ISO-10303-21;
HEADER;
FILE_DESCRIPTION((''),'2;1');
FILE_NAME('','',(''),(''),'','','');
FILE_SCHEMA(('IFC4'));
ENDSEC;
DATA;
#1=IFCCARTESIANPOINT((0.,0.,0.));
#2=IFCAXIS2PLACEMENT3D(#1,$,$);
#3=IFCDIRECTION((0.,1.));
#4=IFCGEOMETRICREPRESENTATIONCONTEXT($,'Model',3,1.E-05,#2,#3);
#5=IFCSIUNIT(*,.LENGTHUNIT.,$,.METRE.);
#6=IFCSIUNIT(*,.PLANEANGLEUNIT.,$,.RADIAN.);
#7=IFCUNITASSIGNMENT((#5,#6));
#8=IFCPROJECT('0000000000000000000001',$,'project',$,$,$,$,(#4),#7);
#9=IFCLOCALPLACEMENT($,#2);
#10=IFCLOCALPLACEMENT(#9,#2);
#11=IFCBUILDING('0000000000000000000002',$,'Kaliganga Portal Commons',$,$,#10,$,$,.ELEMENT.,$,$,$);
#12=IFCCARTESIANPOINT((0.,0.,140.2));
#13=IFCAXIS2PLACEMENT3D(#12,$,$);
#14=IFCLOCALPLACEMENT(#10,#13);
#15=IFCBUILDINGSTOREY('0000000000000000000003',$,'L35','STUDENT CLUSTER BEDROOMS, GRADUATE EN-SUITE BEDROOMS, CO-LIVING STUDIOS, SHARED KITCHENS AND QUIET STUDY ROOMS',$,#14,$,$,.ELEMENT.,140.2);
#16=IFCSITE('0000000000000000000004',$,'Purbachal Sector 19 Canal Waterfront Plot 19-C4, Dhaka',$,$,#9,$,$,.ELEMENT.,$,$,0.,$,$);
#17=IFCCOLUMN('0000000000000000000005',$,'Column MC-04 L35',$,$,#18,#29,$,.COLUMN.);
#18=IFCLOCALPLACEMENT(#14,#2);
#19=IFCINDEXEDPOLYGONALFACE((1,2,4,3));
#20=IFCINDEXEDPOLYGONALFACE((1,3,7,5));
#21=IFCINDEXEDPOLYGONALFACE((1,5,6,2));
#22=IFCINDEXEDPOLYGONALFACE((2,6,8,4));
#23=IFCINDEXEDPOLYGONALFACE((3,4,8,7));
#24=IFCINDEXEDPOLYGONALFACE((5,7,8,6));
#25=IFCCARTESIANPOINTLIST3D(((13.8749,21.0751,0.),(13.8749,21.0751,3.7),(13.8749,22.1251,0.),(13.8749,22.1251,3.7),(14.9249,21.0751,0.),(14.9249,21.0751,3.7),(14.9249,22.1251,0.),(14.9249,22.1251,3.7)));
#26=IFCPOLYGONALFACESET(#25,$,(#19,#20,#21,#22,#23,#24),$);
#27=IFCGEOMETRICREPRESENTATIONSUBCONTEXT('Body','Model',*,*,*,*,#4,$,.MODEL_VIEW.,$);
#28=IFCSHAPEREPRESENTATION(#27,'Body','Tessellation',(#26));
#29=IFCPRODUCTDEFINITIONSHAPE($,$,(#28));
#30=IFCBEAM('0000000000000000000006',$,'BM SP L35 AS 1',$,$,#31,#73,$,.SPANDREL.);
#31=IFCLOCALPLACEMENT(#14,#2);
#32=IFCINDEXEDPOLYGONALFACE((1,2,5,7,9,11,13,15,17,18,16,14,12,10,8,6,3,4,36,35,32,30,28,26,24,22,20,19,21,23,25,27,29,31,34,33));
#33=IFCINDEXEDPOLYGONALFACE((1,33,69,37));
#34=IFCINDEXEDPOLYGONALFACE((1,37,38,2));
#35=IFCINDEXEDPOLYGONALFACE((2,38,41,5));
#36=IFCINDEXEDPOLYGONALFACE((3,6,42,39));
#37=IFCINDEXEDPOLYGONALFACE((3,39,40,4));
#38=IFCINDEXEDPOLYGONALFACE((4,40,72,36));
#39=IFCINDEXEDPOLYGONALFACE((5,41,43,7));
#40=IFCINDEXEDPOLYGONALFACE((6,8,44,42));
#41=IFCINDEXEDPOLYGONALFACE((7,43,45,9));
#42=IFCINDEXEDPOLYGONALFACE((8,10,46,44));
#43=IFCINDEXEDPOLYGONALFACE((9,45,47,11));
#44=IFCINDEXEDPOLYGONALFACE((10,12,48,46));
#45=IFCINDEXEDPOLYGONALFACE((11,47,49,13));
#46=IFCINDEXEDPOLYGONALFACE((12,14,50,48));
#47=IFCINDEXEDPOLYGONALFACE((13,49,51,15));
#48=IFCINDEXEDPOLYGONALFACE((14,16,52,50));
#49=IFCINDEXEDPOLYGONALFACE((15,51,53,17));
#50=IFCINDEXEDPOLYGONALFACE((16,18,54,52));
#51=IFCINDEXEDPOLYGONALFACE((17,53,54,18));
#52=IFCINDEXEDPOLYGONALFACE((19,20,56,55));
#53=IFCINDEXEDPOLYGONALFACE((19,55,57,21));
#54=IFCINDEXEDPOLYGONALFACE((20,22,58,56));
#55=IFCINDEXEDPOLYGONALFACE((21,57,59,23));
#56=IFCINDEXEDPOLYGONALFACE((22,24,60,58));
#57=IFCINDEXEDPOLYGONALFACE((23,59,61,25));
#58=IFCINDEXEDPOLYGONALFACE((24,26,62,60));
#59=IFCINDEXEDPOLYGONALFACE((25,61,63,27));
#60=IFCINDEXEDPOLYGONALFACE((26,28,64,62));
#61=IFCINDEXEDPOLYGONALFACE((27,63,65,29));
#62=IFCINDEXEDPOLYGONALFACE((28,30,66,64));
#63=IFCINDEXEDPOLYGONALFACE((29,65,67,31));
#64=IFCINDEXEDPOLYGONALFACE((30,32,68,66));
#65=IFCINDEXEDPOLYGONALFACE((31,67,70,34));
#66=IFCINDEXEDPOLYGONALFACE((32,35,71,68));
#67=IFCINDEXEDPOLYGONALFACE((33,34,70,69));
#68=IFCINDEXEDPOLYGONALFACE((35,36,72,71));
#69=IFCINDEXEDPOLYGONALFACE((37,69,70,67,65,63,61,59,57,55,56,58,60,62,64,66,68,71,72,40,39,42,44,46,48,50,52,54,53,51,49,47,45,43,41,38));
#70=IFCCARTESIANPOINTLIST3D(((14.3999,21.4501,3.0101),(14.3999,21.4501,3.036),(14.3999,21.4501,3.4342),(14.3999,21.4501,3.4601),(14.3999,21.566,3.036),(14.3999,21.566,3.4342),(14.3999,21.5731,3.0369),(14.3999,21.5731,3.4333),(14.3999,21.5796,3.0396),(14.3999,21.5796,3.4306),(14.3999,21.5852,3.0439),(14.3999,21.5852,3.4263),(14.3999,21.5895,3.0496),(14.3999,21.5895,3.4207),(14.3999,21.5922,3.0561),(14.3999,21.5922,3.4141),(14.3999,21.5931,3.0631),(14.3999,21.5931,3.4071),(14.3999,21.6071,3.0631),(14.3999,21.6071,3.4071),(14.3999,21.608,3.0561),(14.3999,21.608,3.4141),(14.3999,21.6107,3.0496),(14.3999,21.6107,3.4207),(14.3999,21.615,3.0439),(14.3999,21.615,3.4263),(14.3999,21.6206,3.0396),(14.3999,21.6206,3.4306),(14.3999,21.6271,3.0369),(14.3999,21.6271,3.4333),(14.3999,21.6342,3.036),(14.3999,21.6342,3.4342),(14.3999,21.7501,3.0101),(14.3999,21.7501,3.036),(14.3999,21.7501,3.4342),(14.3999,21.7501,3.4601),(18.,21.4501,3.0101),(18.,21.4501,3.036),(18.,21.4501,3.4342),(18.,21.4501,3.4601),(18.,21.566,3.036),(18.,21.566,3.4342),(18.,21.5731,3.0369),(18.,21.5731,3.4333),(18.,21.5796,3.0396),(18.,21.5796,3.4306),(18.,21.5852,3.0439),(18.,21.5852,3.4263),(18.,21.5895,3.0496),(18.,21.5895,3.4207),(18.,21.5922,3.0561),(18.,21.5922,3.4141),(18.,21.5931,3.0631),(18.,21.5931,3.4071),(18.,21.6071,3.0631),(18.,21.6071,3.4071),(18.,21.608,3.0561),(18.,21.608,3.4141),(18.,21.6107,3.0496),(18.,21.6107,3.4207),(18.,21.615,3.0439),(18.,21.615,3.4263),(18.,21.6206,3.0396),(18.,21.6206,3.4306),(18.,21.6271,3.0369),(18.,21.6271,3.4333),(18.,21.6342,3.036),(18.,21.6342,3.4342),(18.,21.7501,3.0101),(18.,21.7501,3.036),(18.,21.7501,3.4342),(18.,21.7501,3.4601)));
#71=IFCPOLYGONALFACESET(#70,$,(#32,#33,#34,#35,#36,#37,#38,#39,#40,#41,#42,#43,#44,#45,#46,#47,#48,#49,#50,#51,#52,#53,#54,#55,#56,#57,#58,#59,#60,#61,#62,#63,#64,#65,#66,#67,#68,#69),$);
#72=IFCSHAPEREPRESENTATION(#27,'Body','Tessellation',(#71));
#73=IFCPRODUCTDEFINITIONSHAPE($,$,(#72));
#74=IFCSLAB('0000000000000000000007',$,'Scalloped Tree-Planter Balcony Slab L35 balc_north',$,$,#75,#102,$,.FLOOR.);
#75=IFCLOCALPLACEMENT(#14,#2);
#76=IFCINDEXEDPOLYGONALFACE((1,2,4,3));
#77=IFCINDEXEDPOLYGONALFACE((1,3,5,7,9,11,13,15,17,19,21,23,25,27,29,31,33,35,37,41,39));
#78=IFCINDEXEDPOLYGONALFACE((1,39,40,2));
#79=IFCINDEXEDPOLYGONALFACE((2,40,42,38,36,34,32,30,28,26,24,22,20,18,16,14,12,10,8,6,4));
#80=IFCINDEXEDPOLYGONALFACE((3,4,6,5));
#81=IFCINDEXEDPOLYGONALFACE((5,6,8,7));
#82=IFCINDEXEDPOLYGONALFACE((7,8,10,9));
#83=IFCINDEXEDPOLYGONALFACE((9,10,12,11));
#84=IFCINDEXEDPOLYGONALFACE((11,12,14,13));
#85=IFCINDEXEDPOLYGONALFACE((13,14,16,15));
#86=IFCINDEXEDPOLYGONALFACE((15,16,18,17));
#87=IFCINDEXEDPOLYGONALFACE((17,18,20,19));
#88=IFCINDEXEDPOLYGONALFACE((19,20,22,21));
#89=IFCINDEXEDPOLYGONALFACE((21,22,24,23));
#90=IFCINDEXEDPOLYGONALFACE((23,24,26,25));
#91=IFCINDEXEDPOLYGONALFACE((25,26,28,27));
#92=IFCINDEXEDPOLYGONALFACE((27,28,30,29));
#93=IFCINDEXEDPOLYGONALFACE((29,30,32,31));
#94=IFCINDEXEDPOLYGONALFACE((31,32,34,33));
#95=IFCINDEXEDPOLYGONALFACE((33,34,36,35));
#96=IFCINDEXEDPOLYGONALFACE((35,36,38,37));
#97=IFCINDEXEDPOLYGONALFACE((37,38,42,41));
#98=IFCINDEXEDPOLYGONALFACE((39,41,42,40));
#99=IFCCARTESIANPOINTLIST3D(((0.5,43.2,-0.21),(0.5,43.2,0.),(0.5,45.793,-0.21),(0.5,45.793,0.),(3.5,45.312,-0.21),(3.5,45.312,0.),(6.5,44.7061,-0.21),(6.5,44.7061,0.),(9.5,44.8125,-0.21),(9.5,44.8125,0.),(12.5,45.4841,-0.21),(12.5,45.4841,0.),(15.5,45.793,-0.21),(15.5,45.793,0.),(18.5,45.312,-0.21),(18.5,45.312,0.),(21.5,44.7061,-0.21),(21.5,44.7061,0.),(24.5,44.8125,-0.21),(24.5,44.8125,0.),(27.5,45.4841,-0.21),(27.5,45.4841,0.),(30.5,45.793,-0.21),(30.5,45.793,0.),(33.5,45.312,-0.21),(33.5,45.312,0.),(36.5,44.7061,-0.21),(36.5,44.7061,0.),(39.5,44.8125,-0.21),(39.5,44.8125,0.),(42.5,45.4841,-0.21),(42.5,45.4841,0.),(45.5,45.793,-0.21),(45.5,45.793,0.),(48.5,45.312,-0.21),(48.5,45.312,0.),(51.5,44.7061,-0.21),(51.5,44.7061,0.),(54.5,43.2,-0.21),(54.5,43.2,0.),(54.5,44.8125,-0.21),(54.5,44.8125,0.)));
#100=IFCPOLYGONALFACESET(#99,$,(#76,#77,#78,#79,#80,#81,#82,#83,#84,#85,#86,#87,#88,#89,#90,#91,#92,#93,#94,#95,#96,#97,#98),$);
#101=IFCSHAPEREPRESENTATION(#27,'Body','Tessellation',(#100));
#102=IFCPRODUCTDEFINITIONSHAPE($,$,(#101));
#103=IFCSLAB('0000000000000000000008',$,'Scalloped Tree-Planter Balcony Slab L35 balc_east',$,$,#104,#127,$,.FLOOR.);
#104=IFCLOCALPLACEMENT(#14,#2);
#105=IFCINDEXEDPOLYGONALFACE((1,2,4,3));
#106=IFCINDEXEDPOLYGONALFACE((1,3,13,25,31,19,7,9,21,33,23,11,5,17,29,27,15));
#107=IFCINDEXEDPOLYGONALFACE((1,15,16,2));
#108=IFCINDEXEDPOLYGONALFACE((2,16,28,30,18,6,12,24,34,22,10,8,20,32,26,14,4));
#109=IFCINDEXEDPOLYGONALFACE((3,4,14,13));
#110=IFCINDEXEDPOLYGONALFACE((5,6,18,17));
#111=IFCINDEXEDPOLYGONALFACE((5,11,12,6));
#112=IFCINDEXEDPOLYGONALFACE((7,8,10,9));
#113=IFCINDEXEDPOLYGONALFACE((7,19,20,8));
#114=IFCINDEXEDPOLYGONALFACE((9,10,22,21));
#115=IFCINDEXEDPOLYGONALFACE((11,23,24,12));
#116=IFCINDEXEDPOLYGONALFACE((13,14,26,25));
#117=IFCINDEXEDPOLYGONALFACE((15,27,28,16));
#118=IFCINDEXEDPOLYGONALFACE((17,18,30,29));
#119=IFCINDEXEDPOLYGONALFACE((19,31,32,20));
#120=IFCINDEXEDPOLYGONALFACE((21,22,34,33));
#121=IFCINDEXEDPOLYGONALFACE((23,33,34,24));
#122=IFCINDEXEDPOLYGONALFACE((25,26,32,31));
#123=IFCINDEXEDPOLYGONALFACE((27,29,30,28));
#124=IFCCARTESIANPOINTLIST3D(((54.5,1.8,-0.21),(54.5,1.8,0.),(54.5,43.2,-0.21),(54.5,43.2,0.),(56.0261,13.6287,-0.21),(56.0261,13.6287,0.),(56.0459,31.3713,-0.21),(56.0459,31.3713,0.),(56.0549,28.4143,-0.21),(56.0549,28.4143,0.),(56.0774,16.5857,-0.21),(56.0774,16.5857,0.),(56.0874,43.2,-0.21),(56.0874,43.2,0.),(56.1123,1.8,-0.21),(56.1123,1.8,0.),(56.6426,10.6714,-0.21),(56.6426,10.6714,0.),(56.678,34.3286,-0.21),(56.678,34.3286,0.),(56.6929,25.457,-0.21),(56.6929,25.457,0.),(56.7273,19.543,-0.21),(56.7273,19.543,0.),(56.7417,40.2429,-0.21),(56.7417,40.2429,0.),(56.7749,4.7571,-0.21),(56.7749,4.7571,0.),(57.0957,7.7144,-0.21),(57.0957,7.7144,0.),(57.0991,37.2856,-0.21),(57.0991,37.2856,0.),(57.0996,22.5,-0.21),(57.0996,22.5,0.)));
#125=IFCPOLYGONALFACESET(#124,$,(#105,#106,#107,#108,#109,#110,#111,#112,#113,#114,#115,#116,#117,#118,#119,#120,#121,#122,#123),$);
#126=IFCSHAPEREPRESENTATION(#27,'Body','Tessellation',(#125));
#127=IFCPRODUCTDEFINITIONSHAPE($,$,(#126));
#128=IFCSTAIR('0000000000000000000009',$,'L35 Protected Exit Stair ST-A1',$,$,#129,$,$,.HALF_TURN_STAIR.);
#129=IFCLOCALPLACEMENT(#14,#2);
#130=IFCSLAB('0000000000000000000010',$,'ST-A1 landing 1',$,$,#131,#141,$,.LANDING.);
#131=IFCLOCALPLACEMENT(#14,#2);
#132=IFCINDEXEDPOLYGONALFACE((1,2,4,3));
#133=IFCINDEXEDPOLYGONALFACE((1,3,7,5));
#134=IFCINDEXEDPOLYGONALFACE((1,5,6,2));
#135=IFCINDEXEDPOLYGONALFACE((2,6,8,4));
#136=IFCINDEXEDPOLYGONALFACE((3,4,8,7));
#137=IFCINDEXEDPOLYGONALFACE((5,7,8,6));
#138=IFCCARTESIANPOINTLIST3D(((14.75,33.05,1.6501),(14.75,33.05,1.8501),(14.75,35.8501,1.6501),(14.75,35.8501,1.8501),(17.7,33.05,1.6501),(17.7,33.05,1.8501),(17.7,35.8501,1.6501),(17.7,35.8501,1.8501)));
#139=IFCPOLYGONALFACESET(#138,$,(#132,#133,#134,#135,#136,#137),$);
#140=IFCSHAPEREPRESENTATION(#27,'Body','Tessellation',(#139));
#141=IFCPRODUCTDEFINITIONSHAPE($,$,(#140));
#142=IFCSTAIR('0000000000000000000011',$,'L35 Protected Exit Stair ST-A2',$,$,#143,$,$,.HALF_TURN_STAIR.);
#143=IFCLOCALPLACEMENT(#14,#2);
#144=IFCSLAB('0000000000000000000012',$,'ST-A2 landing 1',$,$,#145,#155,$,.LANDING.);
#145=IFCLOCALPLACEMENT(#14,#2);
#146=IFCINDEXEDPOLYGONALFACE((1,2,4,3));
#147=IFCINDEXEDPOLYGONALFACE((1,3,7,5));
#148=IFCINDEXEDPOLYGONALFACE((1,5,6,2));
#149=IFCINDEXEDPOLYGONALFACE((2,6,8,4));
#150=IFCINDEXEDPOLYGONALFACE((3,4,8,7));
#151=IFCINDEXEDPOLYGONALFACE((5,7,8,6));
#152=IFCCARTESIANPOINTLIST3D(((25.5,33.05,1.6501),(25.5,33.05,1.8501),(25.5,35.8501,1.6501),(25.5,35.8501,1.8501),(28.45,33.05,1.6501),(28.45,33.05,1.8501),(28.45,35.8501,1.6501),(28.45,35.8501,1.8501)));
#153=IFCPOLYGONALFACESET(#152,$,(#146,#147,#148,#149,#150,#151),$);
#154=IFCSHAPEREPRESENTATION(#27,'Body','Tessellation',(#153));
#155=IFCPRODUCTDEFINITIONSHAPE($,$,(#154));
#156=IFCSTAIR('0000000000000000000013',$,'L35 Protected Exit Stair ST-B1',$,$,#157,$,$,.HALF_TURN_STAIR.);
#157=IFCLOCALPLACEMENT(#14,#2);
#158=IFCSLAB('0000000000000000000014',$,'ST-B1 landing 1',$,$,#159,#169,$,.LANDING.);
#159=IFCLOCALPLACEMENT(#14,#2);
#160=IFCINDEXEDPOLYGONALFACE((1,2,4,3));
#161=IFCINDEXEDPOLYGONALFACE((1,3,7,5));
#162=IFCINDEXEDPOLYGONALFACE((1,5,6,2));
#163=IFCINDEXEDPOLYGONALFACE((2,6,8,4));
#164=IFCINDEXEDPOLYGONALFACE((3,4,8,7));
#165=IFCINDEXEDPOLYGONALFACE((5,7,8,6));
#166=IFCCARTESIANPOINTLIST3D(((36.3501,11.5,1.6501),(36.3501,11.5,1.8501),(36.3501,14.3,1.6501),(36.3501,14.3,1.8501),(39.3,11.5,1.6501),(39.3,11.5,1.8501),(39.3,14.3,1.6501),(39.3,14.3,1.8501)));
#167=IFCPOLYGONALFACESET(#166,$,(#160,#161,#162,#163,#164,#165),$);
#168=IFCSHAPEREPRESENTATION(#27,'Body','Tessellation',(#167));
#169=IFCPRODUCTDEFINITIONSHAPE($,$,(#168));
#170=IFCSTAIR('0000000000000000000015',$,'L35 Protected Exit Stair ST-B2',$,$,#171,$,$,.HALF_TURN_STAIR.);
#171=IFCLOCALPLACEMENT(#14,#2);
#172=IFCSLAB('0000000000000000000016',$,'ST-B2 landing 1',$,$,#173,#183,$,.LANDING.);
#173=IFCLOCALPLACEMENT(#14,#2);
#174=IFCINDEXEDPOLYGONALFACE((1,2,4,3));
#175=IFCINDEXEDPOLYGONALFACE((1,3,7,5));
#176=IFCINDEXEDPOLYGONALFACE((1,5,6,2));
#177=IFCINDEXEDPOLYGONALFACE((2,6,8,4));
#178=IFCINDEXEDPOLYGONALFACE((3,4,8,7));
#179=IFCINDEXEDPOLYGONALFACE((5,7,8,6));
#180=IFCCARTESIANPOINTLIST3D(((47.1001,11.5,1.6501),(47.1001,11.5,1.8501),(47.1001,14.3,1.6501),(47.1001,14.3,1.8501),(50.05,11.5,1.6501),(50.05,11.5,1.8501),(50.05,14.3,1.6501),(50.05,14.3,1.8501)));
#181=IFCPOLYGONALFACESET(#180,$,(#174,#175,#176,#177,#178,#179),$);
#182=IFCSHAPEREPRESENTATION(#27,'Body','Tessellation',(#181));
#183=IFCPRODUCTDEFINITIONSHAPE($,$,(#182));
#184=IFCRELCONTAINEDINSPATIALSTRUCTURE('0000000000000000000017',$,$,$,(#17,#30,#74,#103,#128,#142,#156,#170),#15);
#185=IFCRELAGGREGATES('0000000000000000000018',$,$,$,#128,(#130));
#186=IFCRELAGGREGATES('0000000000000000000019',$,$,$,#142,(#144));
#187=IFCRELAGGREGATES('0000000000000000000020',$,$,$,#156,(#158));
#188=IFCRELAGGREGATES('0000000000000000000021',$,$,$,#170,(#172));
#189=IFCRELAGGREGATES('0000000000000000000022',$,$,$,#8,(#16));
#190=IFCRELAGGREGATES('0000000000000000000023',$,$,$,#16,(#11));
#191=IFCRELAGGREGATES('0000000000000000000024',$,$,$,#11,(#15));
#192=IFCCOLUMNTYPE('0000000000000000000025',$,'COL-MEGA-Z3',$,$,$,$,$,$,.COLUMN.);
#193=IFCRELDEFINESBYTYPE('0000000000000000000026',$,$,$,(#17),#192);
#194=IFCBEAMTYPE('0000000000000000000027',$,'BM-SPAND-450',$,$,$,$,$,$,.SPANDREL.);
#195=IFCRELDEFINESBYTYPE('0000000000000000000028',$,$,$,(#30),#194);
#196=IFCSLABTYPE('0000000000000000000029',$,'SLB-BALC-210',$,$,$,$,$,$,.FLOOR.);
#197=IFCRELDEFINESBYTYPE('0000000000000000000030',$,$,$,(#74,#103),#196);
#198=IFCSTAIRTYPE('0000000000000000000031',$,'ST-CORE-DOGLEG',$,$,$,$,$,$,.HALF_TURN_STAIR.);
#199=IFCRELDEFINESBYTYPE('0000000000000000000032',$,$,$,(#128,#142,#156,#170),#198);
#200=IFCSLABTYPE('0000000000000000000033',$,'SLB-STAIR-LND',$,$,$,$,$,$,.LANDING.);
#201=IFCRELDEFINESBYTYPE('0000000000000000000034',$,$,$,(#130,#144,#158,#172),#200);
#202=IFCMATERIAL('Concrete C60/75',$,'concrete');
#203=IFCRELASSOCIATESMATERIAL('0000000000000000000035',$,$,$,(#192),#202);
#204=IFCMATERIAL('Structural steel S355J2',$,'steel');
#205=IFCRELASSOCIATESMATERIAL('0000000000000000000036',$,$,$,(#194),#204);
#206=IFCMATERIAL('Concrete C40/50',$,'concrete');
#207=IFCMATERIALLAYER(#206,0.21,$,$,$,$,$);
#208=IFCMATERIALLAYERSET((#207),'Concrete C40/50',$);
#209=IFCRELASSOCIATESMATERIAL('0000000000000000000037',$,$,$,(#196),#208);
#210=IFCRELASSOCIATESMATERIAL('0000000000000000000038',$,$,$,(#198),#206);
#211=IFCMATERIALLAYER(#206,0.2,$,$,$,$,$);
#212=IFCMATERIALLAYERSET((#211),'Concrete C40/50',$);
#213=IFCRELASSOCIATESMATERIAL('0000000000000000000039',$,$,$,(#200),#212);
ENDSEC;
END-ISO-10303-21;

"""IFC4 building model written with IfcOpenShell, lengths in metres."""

from ifc_helpers import new_model, si_unit, direction, frame, origin, origin_2d, place, context, subcontext, project, spatial, polyline, rectangle, i_section, outline, extrude, source, transform, mapped, material, layer, layer_set, material_profile, profile_set, type_object, element, aggregate, save


model = new_model("IFC4")

# Units and contexts
model_context = context("Model", 3, precision=1e-05, world=origin(), true_north=direction((0.0, 1.0)))
body_context = subcontext(model_context, "Body", "Model", "MODEL_VIEW")
ifc_project = project(units=[si_unit("LENGTHUNIT", "METRE"), si_unit("PLANEANGLEUNIT", "RADIAN")], contexts=[model_context])

# Site, building, storey
site_placement = place(None, origin())
site = spatial("IfcSite", under=ifc_project, at=site_placement, Name="Purbachal Sector 19 Canal Waterfront Plot 19-C4, Dhaka", CompositionType="ELEMENT", RefElevation=0.0)
building_placement = place(site_placement, origin())
building = spatial("IfcBuilding", under=site, at=building_placement, Name="Kaliganga Portal Commons", CompositionType="ELEMENT")
storey_placement = place(building_placement, frame((0.0, 0.0, 140.2)))
storey = spatial("IfcBuildingStorey", under=building, at=storey_placement, Name="L35", Description="STUDENT CLUSTER BEDROOMS, GRADUATE EN-SUITE BEDROOMS, CO-LIVING STUDIOS, SHARED KITCHENS AND QUIET STUDY ROOMS", CompositionType="ELEMENT", Elevation=140.2)

# Column
ifc_material_1 = material(Name="Concrete C60/75", Category="concrete")
ifc_material_profile_1 = material_profile(ifc_material_1, rectangle(XDim=1.05, YDim=1.05, at=origin_2d()), Name="RC 1050x1050")
ifc_profile_set_1 = profile_set([ifc_material_profile_1], Name="Concrete C60/75")
column_type = type_object("IfcColumnType", Name="COL-MEGA-Z3", PredefinedType="COLUMN", material=ifc_profile_set_1)
shared_shape_1 = source(origin(), body_context, "Body", "SweptSolid", [
    extrude(rectangle(XDim=1.05, YDim=1.05, at=origin_2d()), origin(), (0.0, 0.0, 1.0), 3.7),
])
column_placement = place(storey_placement, frame((14.3999, 21.6001, 0.0), z_axis=(0.0, 0.0, 1.0), x_axis=(1.0, 0.0, 0.0)))
element("IfcColumn", 1, at=column_placement, inside=storey, type_object=column_type, Name="Column MC-04 L35", PredefinedType="COLUMN", context=body_context, shape_type="MappedRepresentation", body=[
    mapped(shared_shape_1, transform((0.0, 0.0, 0.0), x_axis=(1.0, 0.0, 0.0), y_axis=(0.0, 1.0, 0.0), z_axis=(0.0, 0.0, 1.0), scale=1.0)),
])

# Beam
ifc_material_2 = material(Name="Structural steel S355J2", Category="steel")
ifc_material_profile_2 = material_profile(ifc_material_2, i_section(OverallWidth=0.3, OverallDepth=0.45, WebThickness=0.0139, FlangeThickness=0.0259, FilletRadius=0.0271, at=origin_2d()), Name="HE 450 B")
ifc_profile_set_2 = profile_set([ifc_material_profile_2], Name="Structural steel S355J2 wide-flange")
beam_type = type_object("IfcBeamType", Name="BM-SPAND-450", PredefinedType="SPANDREL", material=ifc_profile_set_2)
shared_shape_2 = source(origin(), body_context, "Body", "SweptSolid", [
    extrude(i_section(OverallWidth=0.3, OverallDepth=0.45, WebThickness=0.0139, FlangeThickness=0.0259, FilletRadius=0.0271, at=origin_2d()), origin(), (0.0, 0.0, 1.0), 3.6001),
])
beam_placement = place(storey_placement, frame((14.3999, 21.6001, 3.2351), z_axis=(1.0, 0.0, 0.0), x_axis=(0.0, 1.0, 0.0)))
element("IfcBeam", 2, at=beam_placement, inside=storey, type_object=beam_type, Name="BM SP L35 AS 1", PredefinedType="SPANDREL", context=body_context, shape_type="MappedRepresentation", body=[
    mapped(shared_shape_2, transform((0.0, 0.0, 0.0), x_axis=(1.0, 0.0, 0.0), y_axis=(0.0, 1.0, 0.0), z_axis=(0.0, 0.0, 1.0), scale=1.0)),
])

# Slabs
ifc_material_3 = material(Name="Concrete C40/50", Category="concrete")
ifc_layer_1 = layer(ifc_material_3, 0.21)
ifc_layer_set_1 = layer_set([ifc_layer_1], Name="Concrete C40/50")
slab_type_1 = type_object("IfcSlabType", Name="SLB-BALC-210", PredefinedType="FLOOR", material=ifc_layer_set_1)
slab_1_placement = place(storey_placement, frame((0.0, 0.0, -0.21)))
element("IfcSlab", 3, at=slab_1_placement, inside=storey, type_object=slab_type_1, Name="Scalloped Tree-Planter Balcony Slab L35 balc_north", PredefinedType="FLOOR", context=body_context, shape_type="SweptSolid", body=[
    extrude(outline(polyline([(54.5, 43.2), (54.5, 44.8125), (51.5, 44.7061), (48.5, 45.312), (45.5, 45.793), (42.5, 45.4841), (39.5, 44.8125), (36.5, 44.7061), (33.5, 45.312), (30.5, 45.793), (27.5, 45.4841), (24.5, 44.8125), (21.5, 44.7061), (18.5, 45.312), (15.5, 45.793), (12.5, 45.4841), (9.5, 44.8125), (6.5, 44.7061), (3.5, 45.312), (0.5, 45.793), (0.5, 43.2), (54.5, 43.2)])), origin(), (0.0, 0.0, 1.0), 0.21),
])
slab_2_placement = place(storey_placement, frame((0.0, 0.0, -0.21)))
element("IfcSlab", 4, at=slab_2_placement, inside=storey, type_object=slab_type_1, Name="Scalloped Tree-Planter Balcony Slab L35 balc_east", PredefinedType="FLOOR", context=body_context, shape_type="SweptSolid", body=[
    extrude(outline(polyline([(54.5, 1.8), (56.1123, 1.8), (56.7749, 4.7571), (57.0957, 7.7144), (56.6426, 10.6714), (56.0261, 13.6287), (56.0774, 16.5857), (56.7273, 19.543), (57.0996, 22.5), (56.6929, 25.457), (56.0549, 28.4143), (56.0459, 31.3713), (56.678, 34.3286), (57.0991, 37.2856), (56.7417, 40.2429), (56.0874, 43.2), (54.5, 43.2), (54.5, 1.8)])), origin(), (0.0, 0.0, 1.0), 0.21),
])

# Stairs, slabs
stair_type = type_object("IfcStairType", Name="ST-CORE-DOGLEG", PredefinedType="HALF_TURN_STAIR", material=ifc_material_3)
stair_1_placement = place(storey_placement, origin())
stair_1 = element("IfcStair", 5, at=stair_1_placement, inside=storey, type_object=stair_type, Name="L35 Protected Exit Stair ST-A1", PredefinedType="HALF_TURN_STAIR")
ifc_layer_2 = layer(ifc_material_3, 0.2)
ifc_layer_set_2 = layer_set([ifc_layer_2], Name="Concrete C40/50")
slab_type_2 = type_object("IfcSlabType", Name="SLB-STAIR-LND", PredefinedType="LANDING", material=ifc_layer_set_2)
slab_3_placement = place(storey_placement, frame((0.0, 0.0, 1.6501)))
slab_3 = element("IfcSlab", 6, at=slab_3_placement, type_object=slab_type_2, Name="ST-A1 landing 1", PredefinedType="LANDING", context=body_context, shape_type="SweptSolid", body=[
    extrude(outline(polyline([(17.7, 33.05), (17.7, 35.8501), (14.75, 35.8501), (14.75, 33.05), (17.7, 33.05)])), origin(), (0.0, 0.0, 1.0), 0.2),
])
aggregate(stair_1, [slab_3])
stair_2_placement = place(storey_placement, origin())
stair_2 = element("IfcStair", 7, at=stair_2_placement, inside=storey, type_object=stair_type, Name="L35 Protected Exit Stair ST-A2", PredefinedType="HALF_TURN_STAIR")
slab_4_placement = place(storey_placement, frame((0.0, 0.0, 1.6501)))
slab_4 = element("IfcSlab", 8, at=slab_4_placement, type_object=slab_type_2, Name="ST-A2 landing 1", PredefinedType="LANDING", context=body_context, shape_type="SweptSolid", body=[
    extrude(outline(polyline([(28.45, 33.05), (28.45, 35.8501), (25.5, 35.8501), (25.5, 33.05), (28.45, 33.05)])), origin(), (0.0, 0.0, 1.0), 0.2),
])
aggregate(stair_2, [slab_4])
stair_3_placement = place(storey_placement, origin())
stair_3 = element("IfcStair", 9, at=stair_3_placement, inside=storey, type_object=stair_type, Name="L35 Protected Exit Stair ST-B1", PredefinedType="HALF_TURN_STAIR")
slab_5_placement = place(storey_placement, frame((0.0, 0.0, 1.6501)))
slab_5 = element("IfcSlab", 10, at=slab_5_placement, type_object=slab_type_2, Name="ST-B1 landing 1", PredefinedType="LANDING", context=body_context, shape_type="SweptSolid", body=[
    extrude(outline(polyline([(39.3, 11.5), (39.3, 14.3), (36.3501, 14.3), (36.3501, 11.5), (39.3, 11.5)])), origin(), (0.0, 0.0, 1.0), 0.2),
])
aggregate(stair_3, [slab_5])
stair_4_placement = place(storey_placement, origin())
stair_4 = element("IfcStair", 11, at=stair_4_placement, inside=storey, type_object=stair_type, Name="L35 Protected Exit Stair ST-B2", PredefinedType="HALF_TURN_STAIR")
slab_6_placement = place(storey_placement, frame((0.0, 0.0, 1.6501)))
slab_6 = element("IfcSlab", 12, at=slab_6_placement, type_object=slab_type_2, Name="ST-B2 landing 1", PredefinedType="LANDING", context=body_context, shape_type="SweptSolid", body=[
    extrude(outline(polyline([(50.05, 11.5), (50.05, 14.3), (47.1001, 14.3), (47.1001, 11.5), (50.05, 11.5)])), origin(), (0.0, 0.0, 1.0), 0.2),
])
aggregate(stair_4, [slab_6])

save(model, "model.ifc")
